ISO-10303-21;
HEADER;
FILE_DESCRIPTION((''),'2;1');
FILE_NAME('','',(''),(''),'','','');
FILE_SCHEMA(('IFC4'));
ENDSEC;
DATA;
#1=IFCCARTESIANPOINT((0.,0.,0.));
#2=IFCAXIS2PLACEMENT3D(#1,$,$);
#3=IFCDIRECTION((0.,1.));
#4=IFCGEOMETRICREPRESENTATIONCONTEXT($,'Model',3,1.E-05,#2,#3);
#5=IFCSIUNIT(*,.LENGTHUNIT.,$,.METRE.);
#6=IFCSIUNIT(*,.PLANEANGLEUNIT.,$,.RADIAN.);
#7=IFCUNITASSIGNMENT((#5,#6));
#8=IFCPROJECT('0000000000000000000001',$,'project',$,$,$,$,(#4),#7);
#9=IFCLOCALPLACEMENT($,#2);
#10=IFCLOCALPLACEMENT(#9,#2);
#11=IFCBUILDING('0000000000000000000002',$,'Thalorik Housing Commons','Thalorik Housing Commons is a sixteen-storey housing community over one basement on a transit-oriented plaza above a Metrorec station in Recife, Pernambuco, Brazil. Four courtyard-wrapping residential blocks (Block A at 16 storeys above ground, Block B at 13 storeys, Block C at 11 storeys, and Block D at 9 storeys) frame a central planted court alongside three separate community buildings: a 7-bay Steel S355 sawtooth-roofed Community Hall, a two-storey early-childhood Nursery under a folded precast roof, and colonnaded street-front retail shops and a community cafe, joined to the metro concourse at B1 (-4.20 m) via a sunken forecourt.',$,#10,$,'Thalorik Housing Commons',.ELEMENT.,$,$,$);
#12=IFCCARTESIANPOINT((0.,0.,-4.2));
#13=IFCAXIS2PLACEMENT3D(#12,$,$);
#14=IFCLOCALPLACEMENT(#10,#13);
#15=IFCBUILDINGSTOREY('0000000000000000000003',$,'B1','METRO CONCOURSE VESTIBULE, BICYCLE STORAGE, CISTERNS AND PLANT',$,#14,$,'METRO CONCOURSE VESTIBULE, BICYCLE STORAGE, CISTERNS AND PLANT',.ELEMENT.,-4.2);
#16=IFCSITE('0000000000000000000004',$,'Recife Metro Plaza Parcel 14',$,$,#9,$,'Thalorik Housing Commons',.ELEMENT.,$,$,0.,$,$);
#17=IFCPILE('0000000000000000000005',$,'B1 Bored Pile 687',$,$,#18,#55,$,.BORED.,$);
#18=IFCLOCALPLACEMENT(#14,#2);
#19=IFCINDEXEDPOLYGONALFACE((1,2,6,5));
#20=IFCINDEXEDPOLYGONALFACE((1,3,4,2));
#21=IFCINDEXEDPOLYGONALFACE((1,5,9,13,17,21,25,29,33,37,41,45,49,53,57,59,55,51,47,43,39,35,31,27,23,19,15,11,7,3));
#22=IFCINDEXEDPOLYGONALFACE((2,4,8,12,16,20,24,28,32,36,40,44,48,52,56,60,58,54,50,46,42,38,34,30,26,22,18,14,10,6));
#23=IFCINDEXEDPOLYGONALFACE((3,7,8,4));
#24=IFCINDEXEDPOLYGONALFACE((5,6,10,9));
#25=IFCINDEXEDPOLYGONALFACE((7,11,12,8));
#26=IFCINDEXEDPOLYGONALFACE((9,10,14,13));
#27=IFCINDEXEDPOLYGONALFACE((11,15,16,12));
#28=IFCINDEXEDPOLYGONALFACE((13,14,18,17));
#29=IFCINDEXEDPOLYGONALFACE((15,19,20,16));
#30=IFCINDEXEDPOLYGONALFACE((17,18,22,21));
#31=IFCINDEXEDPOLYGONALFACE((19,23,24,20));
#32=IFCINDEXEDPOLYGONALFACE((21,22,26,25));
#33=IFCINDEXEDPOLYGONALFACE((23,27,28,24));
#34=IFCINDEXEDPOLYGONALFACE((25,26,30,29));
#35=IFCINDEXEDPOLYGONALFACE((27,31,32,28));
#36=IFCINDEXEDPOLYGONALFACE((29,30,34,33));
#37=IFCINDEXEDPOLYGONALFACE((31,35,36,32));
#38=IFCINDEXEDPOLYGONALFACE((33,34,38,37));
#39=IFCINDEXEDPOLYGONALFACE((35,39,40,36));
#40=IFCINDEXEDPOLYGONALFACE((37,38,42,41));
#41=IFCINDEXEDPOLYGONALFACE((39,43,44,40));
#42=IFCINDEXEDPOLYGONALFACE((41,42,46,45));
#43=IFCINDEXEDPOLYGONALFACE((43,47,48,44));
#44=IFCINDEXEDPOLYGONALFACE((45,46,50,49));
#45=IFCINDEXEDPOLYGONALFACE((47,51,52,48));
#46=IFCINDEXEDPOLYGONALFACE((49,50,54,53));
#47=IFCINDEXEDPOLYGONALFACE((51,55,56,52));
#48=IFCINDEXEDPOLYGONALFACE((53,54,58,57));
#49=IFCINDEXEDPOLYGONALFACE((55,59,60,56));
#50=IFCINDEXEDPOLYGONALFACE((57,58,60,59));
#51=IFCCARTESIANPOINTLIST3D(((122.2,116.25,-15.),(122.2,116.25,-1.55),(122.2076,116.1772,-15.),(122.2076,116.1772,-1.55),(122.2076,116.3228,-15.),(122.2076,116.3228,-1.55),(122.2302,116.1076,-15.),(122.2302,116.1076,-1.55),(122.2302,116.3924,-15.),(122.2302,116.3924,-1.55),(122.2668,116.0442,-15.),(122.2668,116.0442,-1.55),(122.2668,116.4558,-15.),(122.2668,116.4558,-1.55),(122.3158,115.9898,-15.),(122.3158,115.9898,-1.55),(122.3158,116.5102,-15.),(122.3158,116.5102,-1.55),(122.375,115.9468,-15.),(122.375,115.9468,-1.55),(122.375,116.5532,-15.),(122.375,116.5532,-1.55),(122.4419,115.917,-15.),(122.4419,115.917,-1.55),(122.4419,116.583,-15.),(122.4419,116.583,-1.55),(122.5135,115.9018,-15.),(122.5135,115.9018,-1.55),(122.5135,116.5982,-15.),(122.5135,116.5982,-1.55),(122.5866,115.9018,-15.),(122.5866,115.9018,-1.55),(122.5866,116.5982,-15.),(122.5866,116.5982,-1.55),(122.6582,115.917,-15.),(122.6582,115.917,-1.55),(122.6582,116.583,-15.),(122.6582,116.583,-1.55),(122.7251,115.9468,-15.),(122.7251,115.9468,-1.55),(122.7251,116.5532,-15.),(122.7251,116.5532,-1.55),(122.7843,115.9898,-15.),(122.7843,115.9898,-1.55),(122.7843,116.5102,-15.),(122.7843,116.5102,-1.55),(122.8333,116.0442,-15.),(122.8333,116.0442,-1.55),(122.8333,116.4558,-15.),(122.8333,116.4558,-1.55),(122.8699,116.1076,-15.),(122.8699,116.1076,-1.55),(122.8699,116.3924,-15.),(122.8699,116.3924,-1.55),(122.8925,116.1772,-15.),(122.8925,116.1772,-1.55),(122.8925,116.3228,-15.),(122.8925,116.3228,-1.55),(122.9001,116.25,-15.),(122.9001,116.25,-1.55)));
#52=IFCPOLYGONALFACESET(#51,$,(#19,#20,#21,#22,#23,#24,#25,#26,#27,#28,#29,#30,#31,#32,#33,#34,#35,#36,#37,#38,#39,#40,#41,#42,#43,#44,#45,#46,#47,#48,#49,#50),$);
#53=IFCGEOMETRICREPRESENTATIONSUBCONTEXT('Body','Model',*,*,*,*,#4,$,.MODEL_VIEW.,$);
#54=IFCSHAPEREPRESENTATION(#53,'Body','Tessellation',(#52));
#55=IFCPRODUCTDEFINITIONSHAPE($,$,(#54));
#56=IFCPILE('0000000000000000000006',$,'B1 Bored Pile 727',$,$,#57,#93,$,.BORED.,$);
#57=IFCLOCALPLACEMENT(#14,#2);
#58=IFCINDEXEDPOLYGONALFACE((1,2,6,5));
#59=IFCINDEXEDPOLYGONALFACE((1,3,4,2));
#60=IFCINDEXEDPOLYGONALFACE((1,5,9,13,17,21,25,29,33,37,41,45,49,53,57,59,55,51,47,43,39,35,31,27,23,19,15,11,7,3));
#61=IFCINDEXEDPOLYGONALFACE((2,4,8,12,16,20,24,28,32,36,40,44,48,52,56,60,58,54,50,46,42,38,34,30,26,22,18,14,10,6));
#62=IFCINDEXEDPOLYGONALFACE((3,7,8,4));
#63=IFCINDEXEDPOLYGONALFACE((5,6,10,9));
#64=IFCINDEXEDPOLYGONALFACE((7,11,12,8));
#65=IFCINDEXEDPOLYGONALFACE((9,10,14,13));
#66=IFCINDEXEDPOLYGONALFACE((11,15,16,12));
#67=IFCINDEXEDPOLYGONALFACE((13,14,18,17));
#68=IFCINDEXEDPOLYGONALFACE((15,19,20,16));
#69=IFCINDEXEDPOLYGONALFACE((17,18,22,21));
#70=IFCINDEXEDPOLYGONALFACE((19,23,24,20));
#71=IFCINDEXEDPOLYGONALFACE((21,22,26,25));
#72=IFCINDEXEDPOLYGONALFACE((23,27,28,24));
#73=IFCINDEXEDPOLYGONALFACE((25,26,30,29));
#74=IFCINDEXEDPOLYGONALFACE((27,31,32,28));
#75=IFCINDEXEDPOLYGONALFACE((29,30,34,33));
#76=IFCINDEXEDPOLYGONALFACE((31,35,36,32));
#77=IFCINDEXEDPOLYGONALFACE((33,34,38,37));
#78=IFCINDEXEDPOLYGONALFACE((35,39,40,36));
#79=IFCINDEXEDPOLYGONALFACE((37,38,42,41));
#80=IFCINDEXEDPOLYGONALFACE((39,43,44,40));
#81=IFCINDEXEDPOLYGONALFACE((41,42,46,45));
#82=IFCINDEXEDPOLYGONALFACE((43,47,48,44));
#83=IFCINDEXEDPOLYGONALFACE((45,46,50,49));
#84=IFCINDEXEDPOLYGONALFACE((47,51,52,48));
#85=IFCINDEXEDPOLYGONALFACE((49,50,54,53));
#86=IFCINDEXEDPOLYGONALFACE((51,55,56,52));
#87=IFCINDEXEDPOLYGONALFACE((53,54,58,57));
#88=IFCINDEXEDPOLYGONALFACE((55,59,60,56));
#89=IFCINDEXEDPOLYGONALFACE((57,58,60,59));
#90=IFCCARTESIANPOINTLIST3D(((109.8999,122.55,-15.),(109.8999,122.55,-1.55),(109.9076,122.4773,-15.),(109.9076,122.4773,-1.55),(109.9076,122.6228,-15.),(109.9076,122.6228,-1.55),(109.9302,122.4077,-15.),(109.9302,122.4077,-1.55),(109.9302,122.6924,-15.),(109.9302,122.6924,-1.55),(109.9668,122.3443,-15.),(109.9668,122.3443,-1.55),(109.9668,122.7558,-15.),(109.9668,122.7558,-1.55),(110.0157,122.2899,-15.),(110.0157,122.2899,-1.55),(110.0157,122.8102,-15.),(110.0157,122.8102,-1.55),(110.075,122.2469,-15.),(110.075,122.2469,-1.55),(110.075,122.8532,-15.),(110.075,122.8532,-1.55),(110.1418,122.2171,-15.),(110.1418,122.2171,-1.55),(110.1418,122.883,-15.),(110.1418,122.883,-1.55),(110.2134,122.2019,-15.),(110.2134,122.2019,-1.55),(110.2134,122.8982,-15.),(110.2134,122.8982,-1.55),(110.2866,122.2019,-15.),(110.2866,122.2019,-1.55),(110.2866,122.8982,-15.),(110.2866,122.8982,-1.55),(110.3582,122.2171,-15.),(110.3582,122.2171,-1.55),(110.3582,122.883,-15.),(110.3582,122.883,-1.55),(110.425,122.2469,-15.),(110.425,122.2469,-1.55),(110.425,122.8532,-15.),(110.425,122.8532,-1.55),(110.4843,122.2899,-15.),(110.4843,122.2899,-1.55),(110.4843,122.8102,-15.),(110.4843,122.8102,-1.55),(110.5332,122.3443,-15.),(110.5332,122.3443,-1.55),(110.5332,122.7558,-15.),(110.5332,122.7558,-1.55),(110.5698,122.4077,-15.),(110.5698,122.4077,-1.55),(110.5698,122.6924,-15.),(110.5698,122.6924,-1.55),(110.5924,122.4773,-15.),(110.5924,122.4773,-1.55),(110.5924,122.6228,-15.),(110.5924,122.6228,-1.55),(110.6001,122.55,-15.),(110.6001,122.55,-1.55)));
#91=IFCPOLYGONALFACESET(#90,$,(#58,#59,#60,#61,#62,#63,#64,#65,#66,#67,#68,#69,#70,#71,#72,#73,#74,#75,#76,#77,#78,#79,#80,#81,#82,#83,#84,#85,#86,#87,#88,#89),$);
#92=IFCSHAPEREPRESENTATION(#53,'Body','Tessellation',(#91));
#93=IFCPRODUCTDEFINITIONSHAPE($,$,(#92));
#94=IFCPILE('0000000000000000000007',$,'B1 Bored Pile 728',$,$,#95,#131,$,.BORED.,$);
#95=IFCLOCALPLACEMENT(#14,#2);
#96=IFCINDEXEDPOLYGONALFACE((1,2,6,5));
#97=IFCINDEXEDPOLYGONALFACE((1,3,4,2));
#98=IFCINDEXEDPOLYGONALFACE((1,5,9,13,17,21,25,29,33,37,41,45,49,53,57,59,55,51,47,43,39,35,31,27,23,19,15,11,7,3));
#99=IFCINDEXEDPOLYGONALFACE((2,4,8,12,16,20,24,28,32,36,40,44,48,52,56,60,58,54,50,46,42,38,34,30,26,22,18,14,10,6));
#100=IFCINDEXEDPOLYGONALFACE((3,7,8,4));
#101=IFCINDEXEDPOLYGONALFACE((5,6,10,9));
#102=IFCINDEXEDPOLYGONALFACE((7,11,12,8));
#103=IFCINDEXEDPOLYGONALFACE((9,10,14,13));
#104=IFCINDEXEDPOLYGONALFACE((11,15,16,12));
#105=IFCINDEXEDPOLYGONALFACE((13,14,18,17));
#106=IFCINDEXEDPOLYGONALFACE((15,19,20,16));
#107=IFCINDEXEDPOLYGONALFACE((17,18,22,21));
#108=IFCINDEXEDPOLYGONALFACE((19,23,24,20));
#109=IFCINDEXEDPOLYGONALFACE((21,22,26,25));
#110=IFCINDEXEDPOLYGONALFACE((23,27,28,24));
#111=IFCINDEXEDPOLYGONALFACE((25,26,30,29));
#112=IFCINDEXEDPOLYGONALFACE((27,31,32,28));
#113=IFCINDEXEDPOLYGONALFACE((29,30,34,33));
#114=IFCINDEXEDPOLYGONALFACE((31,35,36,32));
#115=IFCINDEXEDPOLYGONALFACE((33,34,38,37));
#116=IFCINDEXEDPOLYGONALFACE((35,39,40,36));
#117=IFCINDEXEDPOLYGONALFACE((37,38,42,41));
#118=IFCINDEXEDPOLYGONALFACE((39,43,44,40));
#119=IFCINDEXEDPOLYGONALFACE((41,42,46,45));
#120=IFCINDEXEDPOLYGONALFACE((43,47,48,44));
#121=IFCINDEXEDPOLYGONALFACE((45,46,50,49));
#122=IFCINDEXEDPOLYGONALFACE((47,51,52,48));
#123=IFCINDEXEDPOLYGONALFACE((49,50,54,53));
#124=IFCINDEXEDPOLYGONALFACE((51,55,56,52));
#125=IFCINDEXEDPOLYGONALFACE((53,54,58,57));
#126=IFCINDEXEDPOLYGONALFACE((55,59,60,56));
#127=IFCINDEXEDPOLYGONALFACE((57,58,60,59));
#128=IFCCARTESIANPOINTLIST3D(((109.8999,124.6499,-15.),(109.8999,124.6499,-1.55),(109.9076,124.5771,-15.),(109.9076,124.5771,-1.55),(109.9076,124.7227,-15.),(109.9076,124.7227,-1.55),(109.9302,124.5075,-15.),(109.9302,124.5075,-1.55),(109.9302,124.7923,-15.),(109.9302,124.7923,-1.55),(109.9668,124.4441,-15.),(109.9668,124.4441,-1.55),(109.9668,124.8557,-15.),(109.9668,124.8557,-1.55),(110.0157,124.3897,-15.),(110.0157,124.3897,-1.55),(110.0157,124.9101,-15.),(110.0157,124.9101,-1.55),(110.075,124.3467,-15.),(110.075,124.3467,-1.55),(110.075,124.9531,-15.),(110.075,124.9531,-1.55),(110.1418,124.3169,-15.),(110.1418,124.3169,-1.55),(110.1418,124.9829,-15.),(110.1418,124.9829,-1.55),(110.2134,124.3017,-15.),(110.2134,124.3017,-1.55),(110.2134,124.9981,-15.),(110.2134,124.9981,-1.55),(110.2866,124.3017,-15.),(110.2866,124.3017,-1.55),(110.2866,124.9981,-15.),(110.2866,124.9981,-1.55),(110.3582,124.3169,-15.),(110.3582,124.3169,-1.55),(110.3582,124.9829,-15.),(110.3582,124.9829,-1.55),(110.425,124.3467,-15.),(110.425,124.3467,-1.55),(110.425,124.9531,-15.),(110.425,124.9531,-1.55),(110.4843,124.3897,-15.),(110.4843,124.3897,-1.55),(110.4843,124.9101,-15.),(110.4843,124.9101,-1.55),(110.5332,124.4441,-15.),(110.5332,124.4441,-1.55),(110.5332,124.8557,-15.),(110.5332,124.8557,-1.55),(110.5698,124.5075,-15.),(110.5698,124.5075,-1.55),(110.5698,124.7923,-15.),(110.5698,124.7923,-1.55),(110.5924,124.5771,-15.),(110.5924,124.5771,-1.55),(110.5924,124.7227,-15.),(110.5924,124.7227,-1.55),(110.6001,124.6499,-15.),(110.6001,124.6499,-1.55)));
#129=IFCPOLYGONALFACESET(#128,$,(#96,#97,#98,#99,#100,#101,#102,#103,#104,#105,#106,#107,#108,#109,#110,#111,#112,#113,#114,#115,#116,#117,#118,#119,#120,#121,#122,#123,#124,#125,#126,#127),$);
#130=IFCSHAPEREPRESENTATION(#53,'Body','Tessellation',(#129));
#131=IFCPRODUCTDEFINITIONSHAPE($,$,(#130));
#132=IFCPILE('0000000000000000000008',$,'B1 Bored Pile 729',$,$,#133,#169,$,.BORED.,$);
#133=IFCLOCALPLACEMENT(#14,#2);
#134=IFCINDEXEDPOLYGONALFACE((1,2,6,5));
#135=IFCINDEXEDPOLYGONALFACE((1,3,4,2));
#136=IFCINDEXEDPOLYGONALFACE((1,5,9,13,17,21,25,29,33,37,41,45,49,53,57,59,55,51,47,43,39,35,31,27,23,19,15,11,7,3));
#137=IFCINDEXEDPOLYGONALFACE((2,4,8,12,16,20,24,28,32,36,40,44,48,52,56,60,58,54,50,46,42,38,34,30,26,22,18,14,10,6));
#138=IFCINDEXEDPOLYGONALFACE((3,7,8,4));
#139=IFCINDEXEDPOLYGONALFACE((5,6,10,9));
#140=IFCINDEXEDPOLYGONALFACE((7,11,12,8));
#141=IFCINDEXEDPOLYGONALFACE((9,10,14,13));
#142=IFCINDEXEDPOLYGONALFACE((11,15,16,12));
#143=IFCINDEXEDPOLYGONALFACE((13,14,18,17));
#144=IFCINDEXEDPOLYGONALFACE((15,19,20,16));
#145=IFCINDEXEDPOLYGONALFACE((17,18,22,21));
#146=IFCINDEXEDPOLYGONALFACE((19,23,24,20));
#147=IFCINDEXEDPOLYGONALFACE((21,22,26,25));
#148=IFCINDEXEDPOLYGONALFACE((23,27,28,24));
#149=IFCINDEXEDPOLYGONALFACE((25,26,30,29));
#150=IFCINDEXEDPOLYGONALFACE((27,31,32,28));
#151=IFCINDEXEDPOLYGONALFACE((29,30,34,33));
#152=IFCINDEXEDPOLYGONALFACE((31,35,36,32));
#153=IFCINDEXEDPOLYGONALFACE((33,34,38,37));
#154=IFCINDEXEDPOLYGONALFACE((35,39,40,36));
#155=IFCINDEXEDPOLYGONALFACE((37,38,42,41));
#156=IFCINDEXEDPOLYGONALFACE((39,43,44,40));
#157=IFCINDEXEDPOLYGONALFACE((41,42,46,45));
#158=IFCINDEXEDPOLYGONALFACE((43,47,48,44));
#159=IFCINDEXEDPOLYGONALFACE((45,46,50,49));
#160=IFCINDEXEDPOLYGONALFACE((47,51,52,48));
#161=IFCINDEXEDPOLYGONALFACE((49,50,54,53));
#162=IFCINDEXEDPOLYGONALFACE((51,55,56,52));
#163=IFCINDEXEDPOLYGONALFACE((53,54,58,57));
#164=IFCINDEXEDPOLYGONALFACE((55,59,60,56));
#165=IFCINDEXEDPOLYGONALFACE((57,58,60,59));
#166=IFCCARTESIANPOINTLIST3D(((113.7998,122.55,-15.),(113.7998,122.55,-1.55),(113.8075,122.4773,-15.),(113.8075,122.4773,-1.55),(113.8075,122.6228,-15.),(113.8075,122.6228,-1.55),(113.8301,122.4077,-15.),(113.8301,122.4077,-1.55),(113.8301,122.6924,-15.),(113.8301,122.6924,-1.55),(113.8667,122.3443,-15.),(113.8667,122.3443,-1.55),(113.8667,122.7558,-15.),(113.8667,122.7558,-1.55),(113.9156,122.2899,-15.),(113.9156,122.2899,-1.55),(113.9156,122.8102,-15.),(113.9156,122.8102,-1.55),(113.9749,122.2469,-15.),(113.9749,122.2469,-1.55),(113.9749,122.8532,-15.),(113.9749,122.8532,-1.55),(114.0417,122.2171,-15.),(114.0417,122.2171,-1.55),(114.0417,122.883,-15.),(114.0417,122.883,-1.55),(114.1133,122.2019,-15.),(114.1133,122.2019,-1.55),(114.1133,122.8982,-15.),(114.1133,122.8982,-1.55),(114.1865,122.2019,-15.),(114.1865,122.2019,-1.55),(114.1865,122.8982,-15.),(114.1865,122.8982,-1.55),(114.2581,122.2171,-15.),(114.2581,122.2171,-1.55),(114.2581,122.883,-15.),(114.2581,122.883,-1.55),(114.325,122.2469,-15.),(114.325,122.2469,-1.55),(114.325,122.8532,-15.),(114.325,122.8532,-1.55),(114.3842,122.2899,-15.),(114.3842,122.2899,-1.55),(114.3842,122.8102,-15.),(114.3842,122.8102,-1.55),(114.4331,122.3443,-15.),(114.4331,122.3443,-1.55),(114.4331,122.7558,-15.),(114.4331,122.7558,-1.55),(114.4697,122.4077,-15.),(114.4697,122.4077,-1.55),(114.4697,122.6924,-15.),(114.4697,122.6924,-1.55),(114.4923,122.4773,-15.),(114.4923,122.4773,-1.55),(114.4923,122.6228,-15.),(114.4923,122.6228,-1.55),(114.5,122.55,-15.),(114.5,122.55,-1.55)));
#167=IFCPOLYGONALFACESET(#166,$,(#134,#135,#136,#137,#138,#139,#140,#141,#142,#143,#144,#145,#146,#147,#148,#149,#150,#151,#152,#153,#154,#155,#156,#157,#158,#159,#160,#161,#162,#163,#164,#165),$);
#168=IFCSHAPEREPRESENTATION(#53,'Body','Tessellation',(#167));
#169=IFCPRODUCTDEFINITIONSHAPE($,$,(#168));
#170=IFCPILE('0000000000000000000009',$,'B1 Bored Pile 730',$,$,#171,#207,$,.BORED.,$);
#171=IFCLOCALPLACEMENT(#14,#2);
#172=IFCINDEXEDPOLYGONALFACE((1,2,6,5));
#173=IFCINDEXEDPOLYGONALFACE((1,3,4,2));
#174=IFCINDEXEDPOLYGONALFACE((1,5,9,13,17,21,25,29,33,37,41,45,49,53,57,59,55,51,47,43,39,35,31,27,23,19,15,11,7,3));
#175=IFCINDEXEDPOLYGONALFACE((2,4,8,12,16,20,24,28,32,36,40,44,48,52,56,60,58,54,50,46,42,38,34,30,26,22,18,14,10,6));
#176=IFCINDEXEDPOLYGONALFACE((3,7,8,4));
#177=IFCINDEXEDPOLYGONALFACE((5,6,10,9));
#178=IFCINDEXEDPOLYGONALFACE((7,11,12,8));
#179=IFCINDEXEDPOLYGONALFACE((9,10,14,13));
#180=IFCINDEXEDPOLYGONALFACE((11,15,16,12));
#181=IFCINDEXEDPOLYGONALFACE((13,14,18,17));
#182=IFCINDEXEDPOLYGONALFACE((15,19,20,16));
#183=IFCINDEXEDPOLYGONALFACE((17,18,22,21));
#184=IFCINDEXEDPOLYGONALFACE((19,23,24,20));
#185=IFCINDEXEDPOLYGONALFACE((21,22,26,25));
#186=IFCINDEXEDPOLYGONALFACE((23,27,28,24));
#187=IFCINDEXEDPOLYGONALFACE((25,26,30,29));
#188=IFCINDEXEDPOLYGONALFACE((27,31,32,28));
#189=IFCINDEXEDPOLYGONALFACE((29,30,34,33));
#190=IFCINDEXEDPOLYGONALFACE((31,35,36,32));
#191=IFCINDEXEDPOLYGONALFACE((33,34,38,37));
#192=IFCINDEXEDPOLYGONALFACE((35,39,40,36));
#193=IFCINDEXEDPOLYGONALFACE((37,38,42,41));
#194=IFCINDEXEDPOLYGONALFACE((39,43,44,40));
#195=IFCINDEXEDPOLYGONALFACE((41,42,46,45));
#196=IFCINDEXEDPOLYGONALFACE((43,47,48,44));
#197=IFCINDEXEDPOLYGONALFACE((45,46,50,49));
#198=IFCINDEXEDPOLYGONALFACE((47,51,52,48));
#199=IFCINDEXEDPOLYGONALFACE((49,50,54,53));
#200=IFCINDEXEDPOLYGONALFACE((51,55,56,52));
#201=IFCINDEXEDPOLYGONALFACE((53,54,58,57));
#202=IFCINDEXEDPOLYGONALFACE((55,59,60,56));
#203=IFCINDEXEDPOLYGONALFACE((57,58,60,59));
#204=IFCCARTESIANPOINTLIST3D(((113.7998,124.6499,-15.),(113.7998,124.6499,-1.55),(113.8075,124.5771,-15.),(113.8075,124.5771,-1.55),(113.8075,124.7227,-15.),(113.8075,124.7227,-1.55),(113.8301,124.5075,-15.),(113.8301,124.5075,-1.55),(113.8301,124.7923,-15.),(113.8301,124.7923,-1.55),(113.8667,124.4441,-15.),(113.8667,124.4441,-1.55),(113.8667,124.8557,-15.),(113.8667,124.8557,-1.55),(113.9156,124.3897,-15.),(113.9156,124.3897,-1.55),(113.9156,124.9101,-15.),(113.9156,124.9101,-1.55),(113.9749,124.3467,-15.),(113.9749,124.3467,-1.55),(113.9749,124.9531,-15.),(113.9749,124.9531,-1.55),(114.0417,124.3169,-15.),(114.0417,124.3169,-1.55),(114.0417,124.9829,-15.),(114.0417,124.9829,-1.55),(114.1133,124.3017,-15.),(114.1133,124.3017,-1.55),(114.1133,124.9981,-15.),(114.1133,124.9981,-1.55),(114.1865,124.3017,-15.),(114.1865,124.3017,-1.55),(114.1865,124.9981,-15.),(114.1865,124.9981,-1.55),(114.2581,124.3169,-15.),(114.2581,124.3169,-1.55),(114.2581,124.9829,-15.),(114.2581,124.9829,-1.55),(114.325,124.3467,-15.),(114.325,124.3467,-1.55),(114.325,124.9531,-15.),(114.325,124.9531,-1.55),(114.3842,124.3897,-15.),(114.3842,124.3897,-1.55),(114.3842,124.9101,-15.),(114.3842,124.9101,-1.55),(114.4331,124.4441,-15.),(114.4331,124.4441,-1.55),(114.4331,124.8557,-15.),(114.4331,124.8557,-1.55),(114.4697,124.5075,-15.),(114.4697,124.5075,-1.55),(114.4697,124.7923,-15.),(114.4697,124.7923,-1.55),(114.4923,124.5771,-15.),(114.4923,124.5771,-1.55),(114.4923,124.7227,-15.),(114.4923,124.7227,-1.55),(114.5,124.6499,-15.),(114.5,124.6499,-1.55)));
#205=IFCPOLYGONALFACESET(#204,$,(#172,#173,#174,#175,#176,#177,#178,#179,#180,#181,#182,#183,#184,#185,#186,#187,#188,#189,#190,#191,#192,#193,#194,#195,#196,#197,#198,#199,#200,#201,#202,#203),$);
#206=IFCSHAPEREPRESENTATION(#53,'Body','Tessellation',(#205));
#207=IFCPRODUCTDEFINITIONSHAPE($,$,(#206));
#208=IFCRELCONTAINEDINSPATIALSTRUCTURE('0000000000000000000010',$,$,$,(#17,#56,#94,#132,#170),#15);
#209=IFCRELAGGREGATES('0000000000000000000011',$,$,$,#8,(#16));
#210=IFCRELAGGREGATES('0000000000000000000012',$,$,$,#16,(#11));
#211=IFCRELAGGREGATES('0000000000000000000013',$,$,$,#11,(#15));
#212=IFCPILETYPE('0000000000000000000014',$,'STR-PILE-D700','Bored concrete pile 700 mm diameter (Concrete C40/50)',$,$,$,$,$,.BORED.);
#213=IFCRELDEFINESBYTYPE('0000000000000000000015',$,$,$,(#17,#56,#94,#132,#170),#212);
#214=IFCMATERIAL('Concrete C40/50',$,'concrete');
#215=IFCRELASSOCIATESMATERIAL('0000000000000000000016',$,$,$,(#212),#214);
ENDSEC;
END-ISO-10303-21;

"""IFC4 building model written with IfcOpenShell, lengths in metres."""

from ifc_helpers import new_model, si_unit, direction, frame, origin, origin_2d, place, context, subcontext, project, spatial, circle, extrude, material, material_profile, profile_set, type_object, element, save


model = new_model("IFC4")

# Units and contexts
model_context = context("Model", 3, precision=1e-05, world=origin(), true_north=direction((0.0, 1.0)))
body_context = subcontext(model_context, "Body", "Model", "MODEL_VIEW")
ifc_project = project(units=[si_unit("LENGTHUNIT", "METRE"), si_unit("PLANEANGLEUNIT", "RADIAN")], contexts=[model_context])

# Site, building, storey
site_placement = place(None, origin())
site = spatial("IfcSite", under=ifc_project, at=site_placement, Name="Recife Metro Plaza Parcel 14", LongName="Thalorik Housing Commons", CompositionType="ELEMENT", RefElevation=0.0)
building_placement = place(site_placement, origin())
building = spatial("IfcBuilding", under=site, at=building_placement, Name="Thalorik Housing Commons", Description="Thalorik Housing Commons is a sixteen-storey housing community over one basement on a transit-oriented plaza above a Metrorec station in Recife, Pernambuco, Brazil. Four courtyard-wrapping residential blocks (Block A at 16 storeys above ground, Block B at 13 storeys, Block C at 11 storeys, and Block D at 9 storeys) frame a central planted court alongside three separate community buildings: a 7-bay Steel S355 sawtooth-roofed Community Hall, a two-storey early-childhood Nursery under a folded precast roof, and colonnaded street-front retail shops and a community cafe, joined to the metro concourse at B1 (-4.20 m) via a sunken forecourt.", LongName="Thalorik Housing Commons", CompositionType="ELEMENT")
storey_placement = place(building_placement, frame((0.0, 0.0, -4.2)))
storey = spatial("IfcBuildingStorey", under=building, at=storey_placement, Name="B1", Description="METRO CONCOURSE VESTIBULE, BICYCLE STORAGE, CISTERNS AND PLANT", LongName="METRO CONCOURSE VESTIBULE, BICYCLE STORAGE, CISTERNS AND PLANT", CompositionType="ELEMENT", Elevation=-4.2)

# Shared definitions
ifc_material_1 = material(Name="Concrete C40/50", Category="concrete")

# Piles
ifc_material_profile_1 = material_profile(ifc_material_1, circle(Radius=0.3501, at=origin_2d()), Name="BORED PILE D700", Category="concrete")
ifc_profile_set_1 = profile_set([ifc_material_profile_1], Name="Concrete C40/50")
pile_type = type_object("IfcPileType", Name="STR-PILE-D700", Description="Bored concrete pile 700 mm diameter (Concrete C40/50)", PredefinedType="BORED", material=ifc_profile_set_1)
for number, where, z_axis, x_axis, name in (
    (1, (122.55, 116.25, -1.55), (0.0, 0.0, -1.0), (1.0, 0.0, 0.0), "B1 Bored Pile 687"),
    (2, (110.25, 122.55, -1.55), (0.0, 0.0, -1.0), (1.0, 0.0, 0.0), "B1 Bored Pile 727"),
    (3, (110.25, 124.6499, -1.55), (0.0, 0.0, -1.0), (1.0, 0.0, 0.0), "B1 Bored Pile 728"),
    (4, (114.1499, 122.55, -1.55), (0.0, 0.0, -1.0), (1.0, 0.0, 0.0), "B1 Bored Pile 729"),
    (5, (114.1499, 124.6499, -1.55), (0.0, 0.0, -1.0), (1.0, 0.0, 0.0), "B1 Bored Pile 730"),
):
    element("IfcPile", number, at=place(storey_placement, frame(where, z_axis=z_axis, x_axis=x_axis)), inside=storey, type_object=pile_type, Name=name, PredefinedType="BORED", context=body_context, shape_type="SweptSolid", body=[
        extrude(circle(Radius=0.3501, at=origin_2d()), origin(), (0.0, 0.0, 1.0), 13.45),
    ])

save(model, "model.ifc")
